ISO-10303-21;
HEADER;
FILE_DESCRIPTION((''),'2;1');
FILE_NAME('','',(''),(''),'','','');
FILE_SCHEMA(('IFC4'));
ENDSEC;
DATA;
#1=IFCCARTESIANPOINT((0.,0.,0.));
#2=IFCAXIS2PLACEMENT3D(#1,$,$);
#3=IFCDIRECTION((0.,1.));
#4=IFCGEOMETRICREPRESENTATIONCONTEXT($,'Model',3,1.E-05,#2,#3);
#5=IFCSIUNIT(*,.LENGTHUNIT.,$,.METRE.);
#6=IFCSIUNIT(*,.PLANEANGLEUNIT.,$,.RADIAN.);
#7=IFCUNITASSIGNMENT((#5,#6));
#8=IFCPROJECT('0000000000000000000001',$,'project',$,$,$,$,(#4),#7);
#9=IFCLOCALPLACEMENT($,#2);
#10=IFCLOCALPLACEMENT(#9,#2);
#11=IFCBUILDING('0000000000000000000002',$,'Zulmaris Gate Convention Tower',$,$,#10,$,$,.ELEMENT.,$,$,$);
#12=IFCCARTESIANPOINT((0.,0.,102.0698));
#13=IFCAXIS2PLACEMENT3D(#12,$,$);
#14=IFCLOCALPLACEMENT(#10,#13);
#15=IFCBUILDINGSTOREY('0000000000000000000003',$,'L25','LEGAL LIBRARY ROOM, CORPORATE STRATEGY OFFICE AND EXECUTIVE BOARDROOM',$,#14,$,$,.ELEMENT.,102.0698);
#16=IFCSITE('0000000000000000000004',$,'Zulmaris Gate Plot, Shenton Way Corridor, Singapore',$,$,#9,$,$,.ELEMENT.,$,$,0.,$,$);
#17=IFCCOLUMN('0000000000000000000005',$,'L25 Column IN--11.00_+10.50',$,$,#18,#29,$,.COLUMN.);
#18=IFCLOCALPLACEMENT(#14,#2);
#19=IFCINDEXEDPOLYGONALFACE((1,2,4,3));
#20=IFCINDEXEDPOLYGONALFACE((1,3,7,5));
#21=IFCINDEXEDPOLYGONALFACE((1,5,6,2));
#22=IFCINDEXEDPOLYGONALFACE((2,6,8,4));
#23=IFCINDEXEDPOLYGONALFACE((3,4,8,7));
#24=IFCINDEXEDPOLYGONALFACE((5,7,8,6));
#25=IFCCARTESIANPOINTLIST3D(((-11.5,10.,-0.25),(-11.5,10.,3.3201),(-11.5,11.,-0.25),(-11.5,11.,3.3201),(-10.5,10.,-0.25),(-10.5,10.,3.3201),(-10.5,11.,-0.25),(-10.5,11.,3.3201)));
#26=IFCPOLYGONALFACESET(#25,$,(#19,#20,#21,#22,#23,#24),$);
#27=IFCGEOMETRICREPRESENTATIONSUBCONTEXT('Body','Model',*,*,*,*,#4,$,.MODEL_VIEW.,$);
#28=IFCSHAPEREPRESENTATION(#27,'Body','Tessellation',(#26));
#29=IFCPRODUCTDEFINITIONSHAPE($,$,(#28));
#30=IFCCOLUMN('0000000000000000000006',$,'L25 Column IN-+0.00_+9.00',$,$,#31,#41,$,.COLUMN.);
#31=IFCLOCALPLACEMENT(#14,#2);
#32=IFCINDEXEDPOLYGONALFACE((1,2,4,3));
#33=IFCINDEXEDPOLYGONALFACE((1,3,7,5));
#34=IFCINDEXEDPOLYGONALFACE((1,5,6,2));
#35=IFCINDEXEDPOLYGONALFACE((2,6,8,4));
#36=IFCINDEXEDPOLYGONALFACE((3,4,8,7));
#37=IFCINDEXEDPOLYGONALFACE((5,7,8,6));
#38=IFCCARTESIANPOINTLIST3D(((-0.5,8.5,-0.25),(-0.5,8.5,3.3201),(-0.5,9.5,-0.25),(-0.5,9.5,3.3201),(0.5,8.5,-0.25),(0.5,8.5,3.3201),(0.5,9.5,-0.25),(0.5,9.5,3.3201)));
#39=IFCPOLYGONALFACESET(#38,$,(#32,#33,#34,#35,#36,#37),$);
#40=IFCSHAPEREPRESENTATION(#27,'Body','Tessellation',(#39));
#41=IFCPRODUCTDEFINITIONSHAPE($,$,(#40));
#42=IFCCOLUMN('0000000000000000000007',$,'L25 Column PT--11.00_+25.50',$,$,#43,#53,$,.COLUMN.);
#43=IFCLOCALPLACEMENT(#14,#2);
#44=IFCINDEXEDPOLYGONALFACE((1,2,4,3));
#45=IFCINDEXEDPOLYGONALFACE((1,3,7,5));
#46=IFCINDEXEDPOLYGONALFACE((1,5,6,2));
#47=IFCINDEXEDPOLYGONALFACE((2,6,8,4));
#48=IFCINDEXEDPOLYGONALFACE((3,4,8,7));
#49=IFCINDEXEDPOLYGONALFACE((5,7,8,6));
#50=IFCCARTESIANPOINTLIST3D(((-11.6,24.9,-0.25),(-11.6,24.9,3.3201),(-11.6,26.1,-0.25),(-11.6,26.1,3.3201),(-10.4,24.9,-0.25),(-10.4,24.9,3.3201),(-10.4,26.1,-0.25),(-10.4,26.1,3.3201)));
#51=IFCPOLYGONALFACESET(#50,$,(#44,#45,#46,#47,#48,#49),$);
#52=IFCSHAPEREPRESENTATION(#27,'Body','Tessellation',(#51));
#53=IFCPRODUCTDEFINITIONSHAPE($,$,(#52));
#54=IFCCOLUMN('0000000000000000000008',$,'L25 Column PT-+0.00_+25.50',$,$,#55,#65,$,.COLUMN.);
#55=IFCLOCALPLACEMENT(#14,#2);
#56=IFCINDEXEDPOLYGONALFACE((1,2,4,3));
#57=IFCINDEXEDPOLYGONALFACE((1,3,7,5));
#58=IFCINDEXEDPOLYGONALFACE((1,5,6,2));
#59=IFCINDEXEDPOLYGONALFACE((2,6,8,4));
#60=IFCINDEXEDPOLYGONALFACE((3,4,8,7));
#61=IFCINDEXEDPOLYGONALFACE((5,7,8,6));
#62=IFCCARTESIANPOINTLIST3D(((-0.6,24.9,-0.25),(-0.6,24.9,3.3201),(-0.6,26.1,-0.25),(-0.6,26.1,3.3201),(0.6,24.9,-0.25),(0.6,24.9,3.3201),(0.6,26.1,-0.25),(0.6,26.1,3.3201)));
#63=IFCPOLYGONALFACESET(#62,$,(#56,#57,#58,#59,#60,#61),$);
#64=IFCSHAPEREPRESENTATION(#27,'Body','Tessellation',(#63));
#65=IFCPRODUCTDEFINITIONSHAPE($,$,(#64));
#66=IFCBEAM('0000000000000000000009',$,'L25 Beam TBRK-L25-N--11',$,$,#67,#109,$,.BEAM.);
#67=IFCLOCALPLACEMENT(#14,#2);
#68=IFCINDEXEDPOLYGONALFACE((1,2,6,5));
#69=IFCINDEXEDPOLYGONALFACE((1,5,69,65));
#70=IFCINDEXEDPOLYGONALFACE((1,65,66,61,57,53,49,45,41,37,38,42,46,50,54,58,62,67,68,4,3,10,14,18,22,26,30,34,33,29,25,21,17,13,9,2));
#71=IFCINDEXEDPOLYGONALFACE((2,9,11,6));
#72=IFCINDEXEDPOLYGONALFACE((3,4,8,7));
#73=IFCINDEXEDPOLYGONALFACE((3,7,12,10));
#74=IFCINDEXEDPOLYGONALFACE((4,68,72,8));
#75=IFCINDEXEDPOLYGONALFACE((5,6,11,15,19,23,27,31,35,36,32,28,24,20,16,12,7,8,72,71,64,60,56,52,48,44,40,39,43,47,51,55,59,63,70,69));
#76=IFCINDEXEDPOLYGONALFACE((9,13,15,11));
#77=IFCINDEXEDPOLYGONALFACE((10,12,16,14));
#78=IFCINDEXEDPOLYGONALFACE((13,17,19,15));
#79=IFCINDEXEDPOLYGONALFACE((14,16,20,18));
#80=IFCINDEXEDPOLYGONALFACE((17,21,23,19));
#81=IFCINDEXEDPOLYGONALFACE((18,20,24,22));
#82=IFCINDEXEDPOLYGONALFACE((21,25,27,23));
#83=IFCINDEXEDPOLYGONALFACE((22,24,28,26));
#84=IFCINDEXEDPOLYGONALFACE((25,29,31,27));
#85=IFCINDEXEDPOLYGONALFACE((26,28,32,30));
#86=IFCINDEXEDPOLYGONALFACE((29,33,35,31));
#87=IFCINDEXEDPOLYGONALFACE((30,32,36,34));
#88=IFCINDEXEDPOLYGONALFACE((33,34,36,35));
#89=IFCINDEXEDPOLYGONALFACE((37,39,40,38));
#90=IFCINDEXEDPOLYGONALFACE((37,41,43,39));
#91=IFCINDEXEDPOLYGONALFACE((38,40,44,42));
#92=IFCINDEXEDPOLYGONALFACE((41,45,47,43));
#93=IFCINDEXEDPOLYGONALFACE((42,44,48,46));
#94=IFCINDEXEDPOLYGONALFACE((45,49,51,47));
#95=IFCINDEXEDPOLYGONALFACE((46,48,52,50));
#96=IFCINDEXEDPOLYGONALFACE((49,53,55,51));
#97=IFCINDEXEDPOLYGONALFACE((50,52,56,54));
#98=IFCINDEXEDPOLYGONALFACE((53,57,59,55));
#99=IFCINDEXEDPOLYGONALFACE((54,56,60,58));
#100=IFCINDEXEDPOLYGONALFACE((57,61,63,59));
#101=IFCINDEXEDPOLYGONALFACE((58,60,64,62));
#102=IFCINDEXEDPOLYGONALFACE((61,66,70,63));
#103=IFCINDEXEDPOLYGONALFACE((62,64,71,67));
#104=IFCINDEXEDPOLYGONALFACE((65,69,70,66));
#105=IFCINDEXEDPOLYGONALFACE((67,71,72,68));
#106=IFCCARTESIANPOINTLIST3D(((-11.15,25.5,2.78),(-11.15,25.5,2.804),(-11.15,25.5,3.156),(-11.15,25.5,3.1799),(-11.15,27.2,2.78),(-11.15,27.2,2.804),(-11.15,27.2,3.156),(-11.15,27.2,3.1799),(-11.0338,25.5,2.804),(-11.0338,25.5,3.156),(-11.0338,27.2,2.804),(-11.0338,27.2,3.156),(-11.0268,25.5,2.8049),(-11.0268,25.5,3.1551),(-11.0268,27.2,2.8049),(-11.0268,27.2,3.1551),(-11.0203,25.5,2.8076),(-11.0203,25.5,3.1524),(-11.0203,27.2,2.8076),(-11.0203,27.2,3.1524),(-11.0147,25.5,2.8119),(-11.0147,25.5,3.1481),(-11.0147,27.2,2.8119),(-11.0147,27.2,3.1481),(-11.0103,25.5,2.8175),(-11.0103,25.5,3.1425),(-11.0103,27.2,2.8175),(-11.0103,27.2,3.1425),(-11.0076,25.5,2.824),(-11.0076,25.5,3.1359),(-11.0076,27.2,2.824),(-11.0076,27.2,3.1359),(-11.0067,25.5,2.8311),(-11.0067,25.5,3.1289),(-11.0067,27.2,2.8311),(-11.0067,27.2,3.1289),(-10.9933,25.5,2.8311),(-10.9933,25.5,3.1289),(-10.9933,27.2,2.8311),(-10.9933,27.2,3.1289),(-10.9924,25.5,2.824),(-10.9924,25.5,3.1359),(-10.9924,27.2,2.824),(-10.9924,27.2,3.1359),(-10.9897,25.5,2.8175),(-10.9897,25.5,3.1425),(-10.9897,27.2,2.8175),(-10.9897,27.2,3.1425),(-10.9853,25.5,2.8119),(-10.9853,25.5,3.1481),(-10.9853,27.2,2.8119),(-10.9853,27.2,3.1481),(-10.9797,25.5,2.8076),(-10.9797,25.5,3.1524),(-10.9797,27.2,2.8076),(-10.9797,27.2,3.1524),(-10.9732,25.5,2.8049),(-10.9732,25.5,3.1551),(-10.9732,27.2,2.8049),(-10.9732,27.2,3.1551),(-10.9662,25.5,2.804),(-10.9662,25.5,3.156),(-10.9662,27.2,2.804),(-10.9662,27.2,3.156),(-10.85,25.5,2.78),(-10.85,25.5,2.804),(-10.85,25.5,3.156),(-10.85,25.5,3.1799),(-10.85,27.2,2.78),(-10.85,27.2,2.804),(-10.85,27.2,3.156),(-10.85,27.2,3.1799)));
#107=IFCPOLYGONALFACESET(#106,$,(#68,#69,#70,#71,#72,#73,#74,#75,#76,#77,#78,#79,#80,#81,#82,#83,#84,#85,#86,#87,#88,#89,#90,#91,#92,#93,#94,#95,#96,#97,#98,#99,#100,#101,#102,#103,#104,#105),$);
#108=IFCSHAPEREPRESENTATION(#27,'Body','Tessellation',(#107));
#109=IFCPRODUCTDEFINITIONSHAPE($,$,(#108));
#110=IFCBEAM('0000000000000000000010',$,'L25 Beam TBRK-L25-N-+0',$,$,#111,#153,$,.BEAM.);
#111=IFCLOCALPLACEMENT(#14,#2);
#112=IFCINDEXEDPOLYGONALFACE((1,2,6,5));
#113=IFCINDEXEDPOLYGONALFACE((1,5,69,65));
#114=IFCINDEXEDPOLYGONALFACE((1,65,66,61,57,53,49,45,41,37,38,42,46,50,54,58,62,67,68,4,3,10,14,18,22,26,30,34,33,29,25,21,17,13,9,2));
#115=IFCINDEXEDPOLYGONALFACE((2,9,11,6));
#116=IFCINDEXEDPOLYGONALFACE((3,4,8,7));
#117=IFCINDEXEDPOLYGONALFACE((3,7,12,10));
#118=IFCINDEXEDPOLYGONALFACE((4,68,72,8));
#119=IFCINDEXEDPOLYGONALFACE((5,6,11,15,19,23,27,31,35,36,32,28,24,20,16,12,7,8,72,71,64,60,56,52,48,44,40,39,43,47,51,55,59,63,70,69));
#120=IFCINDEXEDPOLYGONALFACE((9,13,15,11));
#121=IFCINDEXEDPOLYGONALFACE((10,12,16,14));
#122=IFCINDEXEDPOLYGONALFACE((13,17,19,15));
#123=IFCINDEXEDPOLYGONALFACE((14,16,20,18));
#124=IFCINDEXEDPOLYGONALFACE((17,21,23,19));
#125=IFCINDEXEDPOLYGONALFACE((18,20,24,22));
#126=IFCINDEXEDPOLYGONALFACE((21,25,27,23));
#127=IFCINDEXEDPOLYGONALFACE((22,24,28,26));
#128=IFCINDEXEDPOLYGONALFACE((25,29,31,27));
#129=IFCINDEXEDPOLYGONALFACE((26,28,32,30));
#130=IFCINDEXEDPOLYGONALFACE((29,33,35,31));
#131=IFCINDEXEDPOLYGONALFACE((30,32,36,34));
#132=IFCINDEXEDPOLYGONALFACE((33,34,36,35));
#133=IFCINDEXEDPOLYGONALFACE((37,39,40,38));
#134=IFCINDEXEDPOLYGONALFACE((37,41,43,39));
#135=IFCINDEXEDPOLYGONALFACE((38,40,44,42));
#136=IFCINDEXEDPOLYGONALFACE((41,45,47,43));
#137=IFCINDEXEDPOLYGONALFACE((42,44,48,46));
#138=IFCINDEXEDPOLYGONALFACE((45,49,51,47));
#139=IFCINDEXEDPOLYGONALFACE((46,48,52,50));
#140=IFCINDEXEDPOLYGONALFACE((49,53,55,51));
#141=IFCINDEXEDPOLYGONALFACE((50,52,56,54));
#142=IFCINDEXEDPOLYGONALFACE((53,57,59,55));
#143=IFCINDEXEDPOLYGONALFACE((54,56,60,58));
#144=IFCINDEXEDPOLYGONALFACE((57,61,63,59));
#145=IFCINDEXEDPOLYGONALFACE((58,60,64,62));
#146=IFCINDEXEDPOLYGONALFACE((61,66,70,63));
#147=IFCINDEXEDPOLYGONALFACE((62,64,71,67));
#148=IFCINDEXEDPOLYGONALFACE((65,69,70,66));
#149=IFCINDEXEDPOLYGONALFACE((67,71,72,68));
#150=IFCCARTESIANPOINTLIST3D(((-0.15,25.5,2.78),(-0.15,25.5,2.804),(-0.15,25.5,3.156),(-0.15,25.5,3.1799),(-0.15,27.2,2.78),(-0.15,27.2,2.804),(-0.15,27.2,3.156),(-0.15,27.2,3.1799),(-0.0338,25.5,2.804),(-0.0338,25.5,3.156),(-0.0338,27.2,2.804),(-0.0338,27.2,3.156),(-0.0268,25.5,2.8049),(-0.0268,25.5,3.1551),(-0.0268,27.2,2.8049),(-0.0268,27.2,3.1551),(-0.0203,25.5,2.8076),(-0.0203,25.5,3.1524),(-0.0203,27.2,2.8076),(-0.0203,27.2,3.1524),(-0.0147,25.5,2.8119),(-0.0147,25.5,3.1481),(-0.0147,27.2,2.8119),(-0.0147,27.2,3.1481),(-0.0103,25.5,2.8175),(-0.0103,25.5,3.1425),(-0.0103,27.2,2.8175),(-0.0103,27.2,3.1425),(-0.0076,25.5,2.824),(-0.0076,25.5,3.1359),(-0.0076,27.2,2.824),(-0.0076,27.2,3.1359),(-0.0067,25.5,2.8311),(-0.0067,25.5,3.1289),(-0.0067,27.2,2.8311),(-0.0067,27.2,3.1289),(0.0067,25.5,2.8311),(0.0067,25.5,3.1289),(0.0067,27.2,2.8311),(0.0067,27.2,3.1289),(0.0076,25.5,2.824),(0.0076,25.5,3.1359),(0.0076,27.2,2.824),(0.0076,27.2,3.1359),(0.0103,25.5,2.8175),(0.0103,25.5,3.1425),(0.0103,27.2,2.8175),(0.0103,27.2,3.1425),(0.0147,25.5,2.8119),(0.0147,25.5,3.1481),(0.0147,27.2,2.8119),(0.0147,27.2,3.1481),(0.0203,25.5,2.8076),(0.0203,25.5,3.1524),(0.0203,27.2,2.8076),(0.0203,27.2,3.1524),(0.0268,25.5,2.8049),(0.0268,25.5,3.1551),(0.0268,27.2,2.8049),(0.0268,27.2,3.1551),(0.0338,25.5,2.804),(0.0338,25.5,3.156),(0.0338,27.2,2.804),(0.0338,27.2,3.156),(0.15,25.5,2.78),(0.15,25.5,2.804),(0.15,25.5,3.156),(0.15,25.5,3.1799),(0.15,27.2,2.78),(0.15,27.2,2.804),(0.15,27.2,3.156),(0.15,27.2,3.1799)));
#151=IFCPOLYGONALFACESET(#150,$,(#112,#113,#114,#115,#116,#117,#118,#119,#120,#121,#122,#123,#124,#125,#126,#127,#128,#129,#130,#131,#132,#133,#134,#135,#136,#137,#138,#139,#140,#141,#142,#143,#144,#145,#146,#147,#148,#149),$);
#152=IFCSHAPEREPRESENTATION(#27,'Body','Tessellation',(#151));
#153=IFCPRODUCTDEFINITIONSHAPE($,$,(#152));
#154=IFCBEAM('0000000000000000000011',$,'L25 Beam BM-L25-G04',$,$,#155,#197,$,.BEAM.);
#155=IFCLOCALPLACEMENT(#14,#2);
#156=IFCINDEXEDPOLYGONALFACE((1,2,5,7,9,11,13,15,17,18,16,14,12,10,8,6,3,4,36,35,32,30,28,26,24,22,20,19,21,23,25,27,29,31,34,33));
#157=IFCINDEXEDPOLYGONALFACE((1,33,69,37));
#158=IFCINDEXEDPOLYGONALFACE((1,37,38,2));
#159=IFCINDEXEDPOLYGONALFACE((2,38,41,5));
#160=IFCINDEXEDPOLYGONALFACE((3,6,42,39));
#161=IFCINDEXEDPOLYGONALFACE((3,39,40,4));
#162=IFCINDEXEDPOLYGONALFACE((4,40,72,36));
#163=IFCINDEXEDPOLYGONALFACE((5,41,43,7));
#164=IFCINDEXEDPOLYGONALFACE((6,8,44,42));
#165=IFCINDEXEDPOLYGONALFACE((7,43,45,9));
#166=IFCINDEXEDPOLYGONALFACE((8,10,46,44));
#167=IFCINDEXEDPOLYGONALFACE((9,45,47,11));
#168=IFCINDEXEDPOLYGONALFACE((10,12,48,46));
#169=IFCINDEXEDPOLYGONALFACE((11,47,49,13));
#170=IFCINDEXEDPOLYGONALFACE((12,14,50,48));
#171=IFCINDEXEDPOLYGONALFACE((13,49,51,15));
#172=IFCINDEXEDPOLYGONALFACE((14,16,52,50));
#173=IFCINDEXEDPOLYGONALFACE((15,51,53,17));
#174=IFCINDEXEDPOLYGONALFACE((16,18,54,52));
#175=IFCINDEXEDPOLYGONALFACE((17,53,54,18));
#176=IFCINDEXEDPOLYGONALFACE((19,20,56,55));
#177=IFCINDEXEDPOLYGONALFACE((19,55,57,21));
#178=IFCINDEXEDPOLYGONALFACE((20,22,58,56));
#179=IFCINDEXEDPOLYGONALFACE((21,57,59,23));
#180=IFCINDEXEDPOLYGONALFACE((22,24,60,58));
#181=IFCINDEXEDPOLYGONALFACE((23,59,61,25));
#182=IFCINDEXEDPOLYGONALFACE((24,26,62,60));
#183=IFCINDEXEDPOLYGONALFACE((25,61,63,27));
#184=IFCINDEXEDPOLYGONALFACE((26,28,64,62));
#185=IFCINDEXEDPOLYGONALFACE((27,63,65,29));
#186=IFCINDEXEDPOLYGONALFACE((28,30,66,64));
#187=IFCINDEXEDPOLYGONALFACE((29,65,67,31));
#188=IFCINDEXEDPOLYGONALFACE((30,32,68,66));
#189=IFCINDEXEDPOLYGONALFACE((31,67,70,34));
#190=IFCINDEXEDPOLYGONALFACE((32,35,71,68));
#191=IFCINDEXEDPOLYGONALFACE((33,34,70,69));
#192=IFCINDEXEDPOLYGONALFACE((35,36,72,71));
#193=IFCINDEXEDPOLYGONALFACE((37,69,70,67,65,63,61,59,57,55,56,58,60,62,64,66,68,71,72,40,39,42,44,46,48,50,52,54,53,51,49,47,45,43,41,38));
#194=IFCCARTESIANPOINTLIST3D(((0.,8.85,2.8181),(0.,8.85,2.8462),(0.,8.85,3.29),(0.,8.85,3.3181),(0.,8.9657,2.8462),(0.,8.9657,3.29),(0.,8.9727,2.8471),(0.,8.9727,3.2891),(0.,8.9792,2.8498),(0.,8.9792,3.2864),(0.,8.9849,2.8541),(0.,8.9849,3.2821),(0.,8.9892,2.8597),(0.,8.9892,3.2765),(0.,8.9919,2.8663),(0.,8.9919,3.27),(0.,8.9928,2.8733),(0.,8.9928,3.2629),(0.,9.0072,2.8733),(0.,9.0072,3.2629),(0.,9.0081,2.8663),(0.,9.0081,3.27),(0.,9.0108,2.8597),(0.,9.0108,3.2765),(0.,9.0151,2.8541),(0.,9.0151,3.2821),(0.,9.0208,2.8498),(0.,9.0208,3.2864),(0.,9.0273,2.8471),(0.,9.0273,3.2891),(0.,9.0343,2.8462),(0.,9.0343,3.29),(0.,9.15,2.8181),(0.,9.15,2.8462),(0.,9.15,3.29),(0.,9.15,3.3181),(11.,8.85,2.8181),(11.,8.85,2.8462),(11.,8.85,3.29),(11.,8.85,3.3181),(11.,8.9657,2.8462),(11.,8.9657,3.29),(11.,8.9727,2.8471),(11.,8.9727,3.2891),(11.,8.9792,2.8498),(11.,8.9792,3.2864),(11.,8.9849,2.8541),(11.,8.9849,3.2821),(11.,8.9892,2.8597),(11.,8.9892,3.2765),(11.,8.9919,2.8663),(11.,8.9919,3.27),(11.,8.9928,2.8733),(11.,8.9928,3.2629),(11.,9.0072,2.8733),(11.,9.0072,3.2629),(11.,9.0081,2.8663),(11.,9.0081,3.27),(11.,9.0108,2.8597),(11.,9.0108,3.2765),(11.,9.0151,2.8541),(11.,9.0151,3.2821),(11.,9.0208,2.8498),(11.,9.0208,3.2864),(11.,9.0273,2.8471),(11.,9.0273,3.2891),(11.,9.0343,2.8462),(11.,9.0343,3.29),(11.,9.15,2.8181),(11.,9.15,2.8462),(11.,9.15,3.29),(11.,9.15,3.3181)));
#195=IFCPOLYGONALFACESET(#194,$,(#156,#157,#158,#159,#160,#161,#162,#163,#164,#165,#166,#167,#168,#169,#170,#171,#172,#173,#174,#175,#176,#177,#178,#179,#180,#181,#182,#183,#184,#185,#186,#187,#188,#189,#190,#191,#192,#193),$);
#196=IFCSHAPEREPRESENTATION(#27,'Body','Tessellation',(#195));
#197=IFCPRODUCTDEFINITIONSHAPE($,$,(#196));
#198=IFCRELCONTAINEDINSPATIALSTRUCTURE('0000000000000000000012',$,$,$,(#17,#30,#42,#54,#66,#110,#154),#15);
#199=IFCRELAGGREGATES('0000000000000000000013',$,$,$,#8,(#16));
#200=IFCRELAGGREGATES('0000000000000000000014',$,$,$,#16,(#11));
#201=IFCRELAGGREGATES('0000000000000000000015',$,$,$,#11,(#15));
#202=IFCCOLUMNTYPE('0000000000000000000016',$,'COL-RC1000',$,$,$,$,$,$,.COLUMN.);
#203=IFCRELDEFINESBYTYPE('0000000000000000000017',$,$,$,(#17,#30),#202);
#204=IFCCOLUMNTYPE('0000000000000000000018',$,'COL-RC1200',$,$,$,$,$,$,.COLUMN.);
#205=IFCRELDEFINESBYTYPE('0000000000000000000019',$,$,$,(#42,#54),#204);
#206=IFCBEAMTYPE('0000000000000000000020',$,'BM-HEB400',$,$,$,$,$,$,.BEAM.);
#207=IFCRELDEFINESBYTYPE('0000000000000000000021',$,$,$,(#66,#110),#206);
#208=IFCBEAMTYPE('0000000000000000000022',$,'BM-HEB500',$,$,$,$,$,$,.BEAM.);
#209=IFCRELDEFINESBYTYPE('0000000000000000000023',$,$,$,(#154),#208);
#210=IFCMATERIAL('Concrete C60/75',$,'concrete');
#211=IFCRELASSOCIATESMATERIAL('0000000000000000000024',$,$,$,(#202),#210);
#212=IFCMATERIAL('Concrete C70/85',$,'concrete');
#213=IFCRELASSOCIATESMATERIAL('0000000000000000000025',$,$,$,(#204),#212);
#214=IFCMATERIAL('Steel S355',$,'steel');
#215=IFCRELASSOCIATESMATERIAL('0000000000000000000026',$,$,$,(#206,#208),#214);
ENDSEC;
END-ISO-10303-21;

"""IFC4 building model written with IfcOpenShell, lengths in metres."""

from ifc_helpers import new_model, si_unit, direction, frame, origin, origin_2d, place, context, subcontext, project, spatial, rectangle, i_section, extrude, material, material_profile, profile_set, type_object, element, save


model = new_model("IFC4")

# Units and contexts
model_context = context("Model", 3, precision=1e-05, world=origin(), true_north=direction((0.0, 1.0)))
body_context = subcontext(model_context, "Body", "Model", "MODEL_VIEW")
ifc_project = project(units=[si_unit("LENGTHUNIT", "METRE"), si_unit("PLANEANGLEUNIT", "RADIAN")], contexts=[model_context])

# Site, building, storey
site_placement = place(None, origin())
site = spatial("IfcSite", under=ifc_project, at=site_placement, Name="Zulmaris Gate Plot, Shenton Way Corridor, Singapore", CompositionType="ELEMENT", RefElevation=0.0)
building_placement = place(site_placement, origin())
building = spatial("IfcBuilding", under=site, at=building_placement, Name="Zulmaris Gate Convention Tower", CompositionType="ELEMENT")
storey_placement = place(building_placement, frame((0.0, 0.0, 102.0698)))
storey = spatial("IfcBuildingStorey", under=building, at=storey_placement, Name="L25", Description="LEGAL LIBRARY ROOM, CORPORATE STRATEGY OFFICE AND EXECUTIVE BOARDROOM", CompositionType="ELEMENT", Elevation=102.0698)

# Columns
ifc_material_1 = material(Name="Concrete C60/75", Category="concrete")
ifc_material_profile_1 = material_profile(ifc_material_1, rectangle(XDim=1.0, YDim=1.0, at=origin_2d()), Name="RC COL 1000x1000")
ifc_profile_set_1 = profile_set([ifc_material_profile_1], Name="Concrete C60/75")
column_type_1 = type_object("IfcColumnType", Name="COL-RC1000", PredefinedType="COLUMN", material=ifc_profile_set_1)
for number, where, z_axis, x_axis, name in (
    (1, (-11.0, 10.5, -0.25), (0.0, 0.0, 1.0), (1.0, 0.0, 0.0), "L25 Column IN--11.00_+10.50"),
    (2, (0.0, 9.0, -0.25), (0.0, 0.0, 1.0), (1.0, 0.0, 0.0), "L25 Column IN-+0.00_+9.00"),
):
    element("IfcColumn", number, at=place(storey_placement, frame(where, z_axis=z_axis, x_axis=x_axis)), inside=storey, type_object=column_type_1, Name=name, PredefinedType="COLUMN", context=body_context, shape_type="SweptSolid", body=[
        extrude(rectangle(XDim=1.0, YDim=1.0, at=origin_2d()), origin(), (0.0, 0.0, 1.0), 3.5701),
    ])
ifc_material_2 = material(Name="Concrete C70/85", Category="concrete")
ifc_material_profile_2 = material_profile(ifc_material_2, rectangle(XDim=1.2, YDim=1.2, at=origin_2d()), Name="RC COL 1200x1200")
ifc_profile_set_2 = profile_set([ifc_material_profile_2], Name="Concrete C70/85")
column_type_2 = type_object("IfcColumnType", Name="COL-RC1200", PredefinedType="COLUMN", material=ifc_profile_set_2)
for number, where, z_axis, x_axis, name in (
    (3, (-11.0, 25.5, -0.25), (0.0, 0.0, 1.0), (1.0, 0.0, 0.0), "L25 Column PT--11.00_+25.50"),
    (4, (0.0, 25.5, -0.25), (0.0, 0.0, 1.0), (1.0, 0.0, 0.0), "L25 Column PT-+0.00_+25.50"),
):
    element("IfcColumn", number, at=place(storey_placement, frame(where, z_axis=z_axis, x_axis=x_axis)), inside=storey, type_object=column_type_2, Name=name, PredefinedType="COLUMN", context=body_context, shape_type="SweptSolid", body=[
        extrude(rectangle(XDim=1.2, YDim=1.2, at=origin_2d()), origin(), (0.0, 0.0, 1.0), 3.5701),
    ])

# Beams
ifc_material_3 = material(Name="Steel S355", Category="steel")
ifc_material_profile_3 = material_profile(ifc_material_3, i_section(OverallWidth=0.3, OverallDepth=0.3999, WebThickness=0.0134, FlangeThickness=0.0239, FilletRadius=0.0271, at=origin_2d()), Name="HEB 400")
ifc_profile_set_3 = profile_set([ifc_material_profile_3], Name="Steel S355")
beam_type_1 = type_object("IfcBeamType", Name="BM-HEB400", PredefinedType="BEAM", material=ifc_profile_set_3)
for number, where, z_axis, x_axis, name in (
    (5, (-11.0, 25.5, 2.98), (0.0, 1.0, 0.0), (-1.0, 0.0, 0.0), "L25 Beam TBRK-L25-N--11"),
    (6, (0.0, 25.5, 2.98), (0.0, 1.0, 0.0), (-1.0, 0.0, 0.0), "L25 Beam TBRK-L25-N-+0"),
):
    element("IfcBeam", number, at=place(storey_placement, frame(where, z_axis=z_axis, x_axis=x_axis)), inside=storey, type_object=beam_type_1, Name=name, PredefinedType="BEAM", context=body_context, shape_type="SweptSolid", body=[
        extrude(i_section(OverallWidth=0.3, OverallDepth=0.3999, WebThickness=0.0134, FlangeThickness=0.0239, FilletRadius=0.0271, at=origin_2d()), origin(), (0.0, 0.0, 1.0), 1.7),
    ])
ifc_material_profile_4 = material_profile(ifc_material_3, i_section(OverallWidth=0.3, OverallDepth=0.5, WebThickness=0.0144, FlangeThickness=0.0281, FilletRadius=0.0271, at=origin_2d()), Name="HEB 500")
ifc_profile_set_4 = profile_set([ifc_material_profile_4], Name="Steel S355")
beam_type_2 = type_object("IfcBeamType", Name="BM-HEB500", PredefinedType="BEAM", material=ifc_profile_set_4)
beam_1_placement = place(storey_placement, frame((0.0, 9.0, 3.0681), z_axis=(1.0, 0.0, 0.0), x_axis=(0.0, 1.0, 0.0)))
element("IfcBeam", 7, at=beam_1_placement, inside=storey, type_object=beam_type_2, Name="L25 Beam BM-L25-G04", PredefinedType="BEAM", context=body_context, shape_type="SweptSolid", body=[
    extrude(i_section(OverallWidth=0.3, OverallDepth=0.5, WebThickness=0.0144, FlangeThickness=0.0281, FilletRadius=0.0271, at=origin_2d()), origin(), (0.0, 0.0, 1.0), 11.0),
])

save(model, "model.ifc")
